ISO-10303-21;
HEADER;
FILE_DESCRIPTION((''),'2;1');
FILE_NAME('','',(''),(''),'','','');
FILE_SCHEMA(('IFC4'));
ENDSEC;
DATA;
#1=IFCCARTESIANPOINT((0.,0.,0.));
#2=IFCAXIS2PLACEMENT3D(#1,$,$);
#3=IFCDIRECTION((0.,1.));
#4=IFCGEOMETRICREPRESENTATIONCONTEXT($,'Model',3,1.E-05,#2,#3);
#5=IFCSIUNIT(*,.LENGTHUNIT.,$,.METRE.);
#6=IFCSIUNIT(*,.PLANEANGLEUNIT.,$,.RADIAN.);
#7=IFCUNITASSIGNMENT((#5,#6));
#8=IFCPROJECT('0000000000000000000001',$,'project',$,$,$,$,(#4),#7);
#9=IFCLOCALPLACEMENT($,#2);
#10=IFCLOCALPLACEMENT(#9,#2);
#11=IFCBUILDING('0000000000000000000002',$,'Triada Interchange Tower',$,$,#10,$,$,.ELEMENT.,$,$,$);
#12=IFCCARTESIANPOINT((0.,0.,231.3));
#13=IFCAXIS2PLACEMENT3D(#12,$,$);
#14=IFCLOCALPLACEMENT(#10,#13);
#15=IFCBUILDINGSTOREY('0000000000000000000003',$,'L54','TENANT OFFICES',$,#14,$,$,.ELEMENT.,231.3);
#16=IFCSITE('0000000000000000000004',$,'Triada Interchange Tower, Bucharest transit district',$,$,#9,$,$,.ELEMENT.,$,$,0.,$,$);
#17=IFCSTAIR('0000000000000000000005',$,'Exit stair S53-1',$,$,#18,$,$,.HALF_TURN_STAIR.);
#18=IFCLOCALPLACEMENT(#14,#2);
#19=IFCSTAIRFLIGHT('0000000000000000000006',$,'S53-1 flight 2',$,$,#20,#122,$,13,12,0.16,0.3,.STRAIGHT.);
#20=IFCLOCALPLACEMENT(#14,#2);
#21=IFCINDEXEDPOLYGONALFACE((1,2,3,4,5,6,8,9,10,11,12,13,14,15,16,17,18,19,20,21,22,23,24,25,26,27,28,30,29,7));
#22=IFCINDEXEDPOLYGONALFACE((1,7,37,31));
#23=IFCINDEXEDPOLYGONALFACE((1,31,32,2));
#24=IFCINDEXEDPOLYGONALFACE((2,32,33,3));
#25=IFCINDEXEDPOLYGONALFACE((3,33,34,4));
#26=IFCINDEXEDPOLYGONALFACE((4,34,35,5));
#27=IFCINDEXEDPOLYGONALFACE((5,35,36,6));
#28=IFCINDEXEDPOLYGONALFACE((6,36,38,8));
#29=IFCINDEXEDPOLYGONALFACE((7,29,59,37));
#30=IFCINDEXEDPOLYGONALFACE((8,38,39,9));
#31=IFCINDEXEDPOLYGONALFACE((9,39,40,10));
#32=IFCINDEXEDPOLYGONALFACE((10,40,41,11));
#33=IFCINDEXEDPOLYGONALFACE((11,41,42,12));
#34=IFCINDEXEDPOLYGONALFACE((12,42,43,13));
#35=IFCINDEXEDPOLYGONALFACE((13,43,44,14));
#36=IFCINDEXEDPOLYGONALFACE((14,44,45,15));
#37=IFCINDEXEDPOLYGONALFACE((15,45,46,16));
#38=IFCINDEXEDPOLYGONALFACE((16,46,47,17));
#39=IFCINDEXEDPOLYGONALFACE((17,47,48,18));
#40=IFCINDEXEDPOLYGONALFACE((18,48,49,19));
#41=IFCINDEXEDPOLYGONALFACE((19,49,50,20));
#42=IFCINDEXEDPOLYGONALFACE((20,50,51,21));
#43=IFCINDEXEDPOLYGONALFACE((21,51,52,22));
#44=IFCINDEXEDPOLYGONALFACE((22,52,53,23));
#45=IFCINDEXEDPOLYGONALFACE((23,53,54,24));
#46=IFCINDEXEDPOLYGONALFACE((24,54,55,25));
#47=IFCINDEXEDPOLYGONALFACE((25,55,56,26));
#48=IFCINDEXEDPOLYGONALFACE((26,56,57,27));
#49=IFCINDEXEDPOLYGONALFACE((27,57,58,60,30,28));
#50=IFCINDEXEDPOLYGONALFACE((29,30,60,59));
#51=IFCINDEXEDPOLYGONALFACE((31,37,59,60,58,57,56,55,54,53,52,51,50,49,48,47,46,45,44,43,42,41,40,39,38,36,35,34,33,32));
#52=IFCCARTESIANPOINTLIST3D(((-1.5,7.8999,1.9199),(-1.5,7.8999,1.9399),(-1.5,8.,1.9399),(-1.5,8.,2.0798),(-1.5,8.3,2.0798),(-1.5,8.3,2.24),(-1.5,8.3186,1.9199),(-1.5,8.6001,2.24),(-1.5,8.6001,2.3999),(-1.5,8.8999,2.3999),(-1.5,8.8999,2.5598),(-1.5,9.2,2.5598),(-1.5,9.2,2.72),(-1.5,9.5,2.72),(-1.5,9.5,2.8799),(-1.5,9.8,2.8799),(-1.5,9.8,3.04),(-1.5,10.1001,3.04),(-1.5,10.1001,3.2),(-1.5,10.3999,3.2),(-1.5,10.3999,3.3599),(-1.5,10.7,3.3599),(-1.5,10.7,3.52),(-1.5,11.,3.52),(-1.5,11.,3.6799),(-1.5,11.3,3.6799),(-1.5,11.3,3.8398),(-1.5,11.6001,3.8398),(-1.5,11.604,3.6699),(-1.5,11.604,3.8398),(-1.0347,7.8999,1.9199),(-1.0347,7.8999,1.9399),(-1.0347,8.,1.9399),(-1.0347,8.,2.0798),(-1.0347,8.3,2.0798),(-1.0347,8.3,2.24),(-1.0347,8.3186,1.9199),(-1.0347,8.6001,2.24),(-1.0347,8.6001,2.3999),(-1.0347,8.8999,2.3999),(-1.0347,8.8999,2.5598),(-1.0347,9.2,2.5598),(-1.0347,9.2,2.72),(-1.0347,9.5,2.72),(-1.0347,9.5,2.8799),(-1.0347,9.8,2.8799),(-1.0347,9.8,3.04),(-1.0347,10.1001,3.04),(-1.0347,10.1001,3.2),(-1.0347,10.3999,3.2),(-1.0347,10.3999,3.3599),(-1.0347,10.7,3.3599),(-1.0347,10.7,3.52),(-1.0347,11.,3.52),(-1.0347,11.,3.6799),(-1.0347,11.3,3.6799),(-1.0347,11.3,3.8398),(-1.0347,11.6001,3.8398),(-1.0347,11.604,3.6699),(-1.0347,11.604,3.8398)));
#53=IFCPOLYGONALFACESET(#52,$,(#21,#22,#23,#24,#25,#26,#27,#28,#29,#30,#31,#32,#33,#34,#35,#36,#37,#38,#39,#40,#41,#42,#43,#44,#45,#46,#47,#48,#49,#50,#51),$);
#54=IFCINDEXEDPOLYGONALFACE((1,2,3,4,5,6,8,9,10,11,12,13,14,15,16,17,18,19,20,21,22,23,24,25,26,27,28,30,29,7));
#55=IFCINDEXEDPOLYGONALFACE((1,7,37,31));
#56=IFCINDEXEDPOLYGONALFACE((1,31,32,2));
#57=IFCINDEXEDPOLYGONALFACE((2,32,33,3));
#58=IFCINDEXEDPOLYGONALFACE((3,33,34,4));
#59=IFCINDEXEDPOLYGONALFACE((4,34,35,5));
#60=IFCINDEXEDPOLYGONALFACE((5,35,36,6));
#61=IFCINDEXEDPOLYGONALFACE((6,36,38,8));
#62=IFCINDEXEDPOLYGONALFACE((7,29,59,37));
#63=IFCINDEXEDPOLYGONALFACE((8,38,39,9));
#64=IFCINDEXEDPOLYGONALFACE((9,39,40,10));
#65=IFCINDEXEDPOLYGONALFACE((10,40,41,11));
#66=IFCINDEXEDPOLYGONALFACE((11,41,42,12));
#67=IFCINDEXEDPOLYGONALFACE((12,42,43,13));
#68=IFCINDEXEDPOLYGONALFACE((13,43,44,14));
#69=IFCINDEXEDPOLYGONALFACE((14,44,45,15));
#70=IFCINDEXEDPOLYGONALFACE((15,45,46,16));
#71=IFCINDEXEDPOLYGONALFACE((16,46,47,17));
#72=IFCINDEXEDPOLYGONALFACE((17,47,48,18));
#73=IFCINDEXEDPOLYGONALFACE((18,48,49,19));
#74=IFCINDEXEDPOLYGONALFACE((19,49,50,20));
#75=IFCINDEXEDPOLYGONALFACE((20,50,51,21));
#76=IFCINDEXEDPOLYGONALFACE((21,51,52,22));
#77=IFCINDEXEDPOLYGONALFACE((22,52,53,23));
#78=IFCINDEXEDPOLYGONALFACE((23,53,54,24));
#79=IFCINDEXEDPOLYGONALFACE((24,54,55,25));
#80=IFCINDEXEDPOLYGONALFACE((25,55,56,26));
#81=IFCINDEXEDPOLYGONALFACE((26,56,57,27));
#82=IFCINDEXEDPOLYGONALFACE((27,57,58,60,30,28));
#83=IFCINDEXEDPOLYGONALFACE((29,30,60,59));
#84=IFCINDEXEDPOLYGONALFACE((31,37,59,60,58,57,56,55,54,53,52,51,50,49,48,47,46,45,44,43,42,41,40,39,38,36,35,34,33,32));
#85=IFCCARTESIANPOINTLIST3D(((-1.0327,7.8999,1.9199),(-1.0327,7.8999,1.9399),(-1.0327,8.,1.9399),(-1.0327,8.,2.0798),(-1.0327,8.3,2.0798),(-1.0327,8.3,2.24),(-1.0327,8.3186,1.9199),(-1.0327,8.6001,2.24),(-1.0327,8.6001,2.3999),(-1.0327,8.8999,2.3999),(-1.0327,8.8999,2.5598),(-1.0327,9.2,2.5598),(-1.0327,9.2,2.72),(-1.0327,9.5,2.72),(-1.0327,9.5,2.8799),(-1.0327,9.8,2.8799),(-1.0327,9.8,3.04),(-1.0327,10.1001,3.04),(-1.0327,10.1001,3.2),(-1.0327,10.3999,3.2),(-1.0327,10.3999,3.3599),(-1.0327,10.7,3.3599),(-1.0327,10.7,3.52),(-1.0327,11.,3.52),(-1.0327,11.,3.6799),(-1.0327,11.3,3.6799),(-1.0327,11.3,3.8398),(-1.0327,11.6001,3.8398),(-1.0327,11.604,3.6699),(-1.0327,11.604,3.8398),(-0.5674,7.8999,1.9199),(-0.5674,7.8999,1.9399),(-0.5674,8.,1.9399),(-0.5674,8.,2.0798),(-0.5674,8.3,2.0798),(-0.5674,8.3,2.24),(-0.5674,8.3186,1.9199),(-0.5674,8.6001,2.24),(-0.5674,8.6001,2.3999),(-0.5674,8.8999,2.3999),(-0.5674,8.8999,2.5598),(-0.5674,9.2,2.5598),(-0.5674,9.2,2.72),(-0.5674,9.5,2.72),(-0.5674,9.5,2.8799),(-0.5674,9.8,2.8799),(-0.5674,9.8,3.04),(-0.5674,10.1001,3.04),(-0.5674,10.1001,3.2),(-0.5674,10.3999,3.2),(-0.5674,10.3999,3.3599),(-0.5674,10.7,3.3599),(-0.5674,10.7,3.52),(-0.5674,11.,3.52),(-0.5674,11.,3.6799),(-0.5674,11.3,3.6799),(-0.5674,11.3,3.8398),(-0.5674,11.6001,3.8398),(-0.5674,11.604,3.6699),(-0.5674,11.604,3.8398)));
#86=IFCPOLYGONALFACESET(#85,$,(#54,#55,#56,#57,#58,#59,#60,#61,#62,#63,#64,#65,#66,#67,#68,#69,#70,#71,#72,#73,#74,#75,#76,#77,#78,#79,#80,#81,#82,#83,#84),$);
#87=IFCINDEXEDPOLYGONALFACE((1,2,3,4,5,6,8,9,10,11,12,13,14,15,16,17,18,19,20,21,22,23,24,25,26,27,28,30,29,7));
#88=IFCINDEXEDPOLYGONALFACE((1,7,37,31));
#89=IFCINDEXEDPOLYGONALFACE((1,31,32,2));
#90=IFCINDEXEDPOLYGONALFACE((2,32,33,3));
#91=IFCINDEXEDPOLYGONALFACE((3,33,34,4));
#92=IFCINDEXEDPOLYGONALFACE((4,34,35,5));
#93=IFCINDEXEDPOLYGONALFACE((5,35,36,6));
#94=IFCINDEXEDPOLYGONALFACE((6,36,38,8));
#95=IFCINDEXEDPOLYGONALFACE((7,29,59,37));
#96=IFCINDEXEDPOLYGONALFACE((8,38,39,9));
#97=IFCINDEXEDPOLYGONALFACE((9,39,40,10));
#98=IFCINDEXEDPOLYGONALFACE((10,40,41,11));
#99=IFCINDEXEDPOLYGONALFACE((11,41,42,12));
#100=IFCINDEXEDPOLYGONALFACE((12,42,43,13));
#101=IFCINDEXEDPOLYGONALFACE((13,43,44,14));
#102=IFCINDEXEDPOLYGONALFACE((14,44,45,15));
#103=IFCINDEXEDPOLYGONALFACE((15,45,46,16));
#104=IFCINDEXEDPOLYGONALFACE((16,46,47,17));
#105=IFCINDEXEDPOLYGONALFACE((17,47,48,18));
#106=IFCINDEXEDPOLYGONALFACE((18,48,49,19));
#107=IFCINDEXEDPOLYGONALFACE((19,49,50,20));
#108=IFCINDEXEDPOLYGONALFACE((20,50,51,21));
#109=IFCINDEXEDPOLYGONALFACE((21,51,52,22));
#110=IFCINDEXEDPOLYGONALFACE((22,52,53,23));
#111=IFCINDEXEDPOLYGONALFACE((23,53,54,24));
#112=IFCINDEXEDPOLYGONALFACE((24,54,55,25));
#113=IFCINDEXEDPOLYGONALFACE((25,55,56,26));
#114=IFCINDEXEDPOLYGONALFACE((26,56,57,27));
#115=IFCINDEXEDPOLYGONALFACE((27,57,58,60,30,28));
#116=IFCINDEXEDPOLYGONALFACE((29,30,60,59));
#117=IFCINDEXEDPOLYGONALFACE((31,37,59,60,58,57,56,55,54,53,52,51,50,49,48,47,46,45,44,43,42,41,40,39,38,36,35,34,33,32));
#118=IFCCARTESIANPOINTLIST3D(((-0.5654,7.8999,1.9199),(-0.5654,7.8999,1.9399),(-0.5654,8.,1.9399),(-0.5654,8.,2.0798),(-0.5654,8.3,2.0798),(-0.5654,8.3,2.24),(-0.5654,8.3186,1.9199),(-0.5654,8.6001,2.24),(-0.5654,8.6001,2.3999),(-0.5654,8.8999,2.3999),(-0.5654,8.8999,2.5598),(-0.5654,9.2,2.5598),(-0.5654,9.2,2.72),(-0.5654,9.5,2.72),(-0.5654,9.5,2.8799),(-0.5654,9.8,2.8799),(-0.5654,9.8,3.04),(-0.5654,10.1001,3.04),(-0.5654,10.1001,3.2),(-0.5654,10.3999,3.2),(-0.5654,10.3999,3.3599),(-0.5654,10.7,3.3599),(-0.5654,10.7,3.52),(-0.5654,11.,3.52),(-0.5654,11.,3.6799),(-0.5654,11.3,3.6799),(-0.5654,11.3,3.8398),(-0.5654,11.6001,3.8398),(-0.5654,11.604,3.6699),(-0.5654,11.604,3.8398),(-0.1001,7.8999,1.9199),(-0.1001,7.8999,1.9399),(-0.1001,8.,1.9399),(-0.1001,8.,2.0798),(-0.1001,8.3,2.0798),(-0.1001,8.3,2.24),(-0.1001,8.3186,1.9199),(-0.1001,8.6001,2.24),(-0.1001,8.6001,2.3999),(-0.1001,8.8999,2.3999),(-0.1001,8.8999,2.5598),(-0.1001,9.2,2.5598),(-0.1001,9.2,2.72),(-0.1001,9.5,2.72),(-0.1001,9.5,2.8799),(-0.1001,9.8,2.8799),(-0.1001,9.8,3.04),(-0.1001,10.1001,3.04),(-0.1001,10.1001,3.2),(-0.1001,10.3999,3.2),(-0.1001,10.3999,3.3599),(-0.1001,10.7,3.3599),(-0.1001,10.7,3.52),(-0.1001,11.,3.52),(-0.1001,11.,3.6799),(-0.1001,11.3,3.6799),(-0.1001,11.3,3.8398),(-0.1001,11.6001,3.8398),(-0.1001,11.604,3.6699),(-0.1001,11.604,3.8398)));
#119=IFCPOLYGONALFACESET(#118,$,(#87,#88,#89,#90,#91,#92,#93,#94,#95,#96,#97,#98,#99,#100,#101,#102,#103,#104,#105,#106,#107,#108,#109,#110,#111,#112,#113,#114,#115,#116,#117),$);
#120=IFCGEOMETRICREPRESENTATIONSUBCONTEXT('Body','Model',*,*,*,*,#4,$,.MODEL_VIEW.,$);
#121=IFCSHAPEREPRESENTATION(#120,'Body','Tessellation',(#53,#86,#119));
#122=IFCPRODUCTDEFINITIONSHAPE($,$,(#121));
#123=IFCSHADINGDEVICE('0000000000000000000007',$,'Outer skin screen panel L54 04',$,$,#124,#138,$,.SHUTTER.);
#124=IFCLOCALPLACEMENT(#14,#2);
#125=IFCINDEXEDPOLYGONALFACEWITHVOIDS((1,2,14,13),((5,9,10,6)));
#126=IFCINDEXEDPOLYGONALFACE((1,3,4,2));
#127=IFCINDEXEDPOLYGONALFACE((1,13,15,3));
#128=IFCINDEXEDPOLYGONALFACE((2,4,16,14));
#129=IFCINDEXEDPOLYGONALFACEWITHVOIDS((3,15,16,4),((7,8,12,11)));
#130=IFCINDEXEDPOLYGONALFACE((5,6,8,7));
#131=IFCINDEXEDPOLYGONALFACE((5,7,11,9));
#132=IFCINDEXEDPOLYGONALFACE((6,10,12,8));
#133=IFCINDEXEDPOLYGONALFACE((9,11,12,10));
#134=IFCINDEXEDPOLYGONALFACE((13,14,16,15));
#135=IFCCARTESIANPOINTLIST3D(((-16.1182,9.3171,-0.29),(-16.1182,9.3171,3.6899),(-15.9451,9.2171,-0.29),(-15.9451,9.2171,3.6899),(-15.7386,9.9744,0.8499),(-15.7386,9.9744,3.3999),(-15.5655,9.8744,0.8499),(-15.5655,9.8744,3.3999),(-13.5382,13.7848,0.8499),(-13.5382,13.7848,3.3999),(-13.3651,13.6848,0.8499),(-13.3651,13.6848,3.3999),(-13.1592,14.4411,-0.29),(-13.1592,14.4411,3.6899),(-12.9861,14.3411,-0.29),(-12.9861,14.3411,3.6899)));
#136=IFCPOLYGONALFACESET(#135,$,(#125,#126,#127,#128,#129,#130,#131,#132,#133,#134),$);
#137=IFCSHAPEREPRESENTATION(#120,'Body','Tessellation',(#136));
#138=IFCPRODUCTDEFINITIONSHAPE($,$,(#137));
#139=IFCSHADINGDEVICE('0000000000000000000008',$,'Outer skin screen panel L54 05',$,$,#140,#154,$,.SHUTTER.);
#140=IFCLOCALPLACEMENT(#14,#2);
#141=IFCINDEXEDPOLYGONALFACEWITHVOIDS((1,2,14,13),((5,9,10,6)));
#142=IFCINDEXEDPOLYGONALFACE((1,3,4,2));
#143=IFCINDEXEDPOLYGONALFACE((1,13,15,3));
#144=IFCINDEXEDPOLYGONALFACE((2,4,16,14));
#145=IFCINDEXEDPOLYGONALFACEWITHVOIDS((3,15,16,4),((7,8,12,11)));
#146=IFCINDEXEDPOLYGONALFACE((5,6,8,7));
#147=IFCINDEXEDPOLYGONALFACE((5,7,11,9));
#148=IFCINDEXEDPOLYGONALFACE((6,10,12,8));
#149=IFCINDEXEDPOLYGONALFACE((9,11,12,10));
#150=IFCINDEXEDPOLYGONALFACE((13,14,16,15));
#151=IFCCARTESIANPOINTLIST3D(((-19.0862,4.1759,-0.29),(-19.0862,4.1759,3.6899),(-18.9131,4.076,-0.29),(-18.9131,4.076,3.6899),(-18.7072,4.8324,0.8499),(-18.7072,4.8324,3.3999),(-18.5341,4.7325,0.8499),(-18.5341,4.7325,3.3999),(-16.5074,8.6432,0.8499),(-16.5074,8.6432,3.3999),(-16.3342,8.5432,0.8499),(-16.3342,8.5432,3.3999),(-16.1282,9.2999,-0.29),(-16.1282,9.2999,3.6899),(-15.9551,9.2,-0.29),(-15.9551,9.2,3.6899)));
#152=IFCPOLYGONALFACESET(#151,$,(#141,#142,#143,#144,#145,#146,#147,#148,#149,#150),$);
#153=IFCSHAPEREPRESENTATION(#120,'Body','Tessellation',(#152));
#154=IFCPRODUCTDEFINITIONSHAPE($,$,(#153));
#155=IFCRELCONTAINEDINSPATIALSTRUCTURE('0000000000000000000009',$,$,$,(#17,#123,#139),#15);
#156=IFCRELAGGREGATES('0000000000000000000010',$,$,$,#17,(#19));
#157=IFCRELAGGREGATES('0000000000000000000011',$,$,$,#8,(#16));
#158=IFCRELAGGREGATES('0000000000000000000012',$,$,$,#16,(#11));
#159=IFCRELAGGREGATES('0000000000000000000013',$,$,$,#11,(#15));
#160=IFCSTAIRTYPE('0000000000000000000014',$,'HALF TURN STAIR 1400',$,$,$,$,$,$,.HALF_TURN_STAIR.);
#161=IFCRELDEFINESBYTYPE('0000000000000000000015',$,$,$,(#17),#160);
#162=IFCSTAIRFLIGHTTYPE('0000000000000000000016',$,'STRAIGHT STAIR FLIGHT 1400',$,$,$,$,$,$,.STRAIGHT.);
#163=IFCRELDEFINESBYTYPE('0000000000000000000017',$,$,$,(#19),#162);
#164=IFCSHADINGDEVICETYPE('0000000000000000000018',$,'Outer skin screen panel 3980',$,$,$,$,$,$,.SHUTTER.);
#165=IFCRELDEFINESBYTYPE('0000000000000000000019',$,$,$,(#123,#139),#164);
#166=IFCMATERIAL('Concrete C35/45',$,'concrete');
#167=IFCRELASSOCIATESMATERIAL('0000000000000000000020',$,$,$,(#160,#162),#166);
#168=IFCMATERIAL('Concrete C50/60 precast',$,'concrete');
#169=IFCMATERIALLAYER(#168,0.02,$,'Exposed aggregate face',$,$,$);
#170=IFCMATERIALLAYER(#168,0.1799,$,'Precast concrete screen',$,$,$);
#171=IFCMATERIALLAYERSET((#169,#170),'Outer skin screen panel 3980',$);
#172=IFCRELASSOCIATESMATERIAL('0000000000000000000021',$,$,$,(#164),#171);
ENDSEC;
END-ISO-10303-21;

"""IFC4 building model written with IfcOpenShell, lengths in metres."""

from ifc_helpers import new_model, si_unit, direction, frame, origin, place, context, subcontext, project, spatial, polyline, outline, extrude, material, layer, layer_set, type_object, element, aggregate, save


model = new_model("IFC4")

# Units and contexts
model_context = context("Model", 3, precision=1e-05, world=origin(), true_north=direction((0.0, 1.0)))
body_context = subcontext(model_context, "Body", "Model", "MODEL_VIEW")
ifc_project = project(units=[si_unit("LENGTHUNIT", "METRE"), si_unit("PLANEANGLEUNIT", "RADIAN")], contexts=[model_context])

# Site, building, storey
site_placement = place(None, origin())
site = spatial("IfcSite", under=ifc_project, at=site_placement, Name="Triada Interchange Tower, Bucharest transit district", CompositionType="ELEMENT", RefElevation=0.0)
building_placement = place(site_placement, origin())
building = spatial("IfcBuilding", under=site, at=building_placement, Name="Triada Interchange Tower", CompositionType="ELEMENT")
storey_placement = place(building_placement, frame((0.0, 0.0, 231.3)))
storey = spatial("IfcBuildingStorey", under=building, at=storey_placement, Name="L54", Description="TENANT OFFICES", CompositionType="ELEMENT", Elevation=231.3)

# Stair, stair flight
ifc_material_1 = material(Name="Concrete C35/45", Category="concrete")
stair_type = type_object("IfcStairType", Name="HALF TURN STAIR 1400", PredefinedType="HALF_TURN_STAIR", material=ifc_material_1)
stair_placement = place(storey_placement, origin())
stair = element("IfcStair", 1, at=stair_placement, inside=storey, type_object=stair_type, Name="Exit stair S53-1", PredefinedType="HALF_TURN_STAIR")
stair_flight_type = type_object("IfcStairFlightType", Name="STRAIGHT STAIR FLIGHT 1400", PredefinedType="STRAIGHT", material=ifc_material_1)
stair_flight_placement = place(storey_placement, frame((-0.8, 8.0, 1.9199), z_axis=(0.0, 0.0, 1.0), x_axis=(0.0, 1.0, 0.0)))
stair_flight = element("IfcStairFlight", 2, at=stair_flight_placement, type_object=stair_flight_type, Name="S53-1 flight 2", NumberOfRisers=13, NumberOfTreads=12, PredefinedType="STRAIGHT", RiserHeight=0.16, TreadLength=0.3, context=body_context, shape_type="SweptSolid", body=[
    extrude(outline(polyline([(-0.1001, 0.0), (-0.1001, 0.02), (0.0, 0.02), (0.0, 0.1599), (0.3, 0.1599), (0.3, 0.3201), (0.6001, 0.3201), (0.6001, 0.48), (0.8999, 0.48), (0.8999, 0.6399), (1.2, 0.6399), (1.2, 0.8), (1.5, 0.8), (1.5, 0.96), (1.8, 0.96), (1.8, 1.1201), (2.1001, 1.1201), (2.1001, 1.28), (2.3999, 1.28), (2.3999, 1.4399), (2.7, 1.4399), (2.7, 1.6001), (3.0, 1.6001), (3.0, 1.76), (3.3, 1.76), (3.3, 1.9199), (3.6001, 1.9199), (3.604, 1.9199), (3.604, 2.0801), (3.604, 1.75), (0.3186, 0.0), (-0.1001, 0.0)])), frame((0.0, 0.7, 0.0), z_axis=(0.0, -1.0, 0.0), x_axis=(1.0, 0.0, 0.0)), (0.0, 0.0, 1.0), 0.4653),
    extrude(outline(polyline([(-0.1001, 0.0), (-0.1001, 0.02), (0.0, 0.02), (0.0, 0.1599), (0.3, 0.1599), (0.3, 0.3201), (0.6001, 0.3201), (0.6001, 0.48), (0.8999, 0.48), (0.8999, 0.6399), (1.2, 0.6399), (1.2, 0.8), (1.5, 0.8), (1.5, 0.96), (1.8, 0.96), (1.8, 1.1201), (2.1001, 1.1201), (2.1001, 1.28), (2.3999, 1.28), (2.3999, 1.4399), (2.7, 1.4399), (2.7, 1.6001), (3.0, 1.6001), (3.0, 1.76), (3.3, 1.76), (3.3, 1.9199), (3.6001, 1.9199), (3.604, 1.9199), (3.604, 2.0801), (3.604, 1.75), (0.3186, 0.0), (-0.1001, 0.0)])), frame((0.0, 0.2327, 0.0), z_axis=(0.0, -1.0, 0.0), x_axis=(1.0, 0.0, 0.0)), (0.0, 0.0, 1.0), 0.4653),
    extrude(outline(polyline([(-0.1001, 0.0), (-0.1001, 0.02), (0.0, 0.02), (0.0, 0.1599), (0.3, 0.1599), (0.3, 0.3201), (0.6001, 0.3201), (0.6001, 0.48), (0.8999, 0.48), (0.8999, 0.6399), (1.2, 0.6399), (1.2, 0.8), (1.5, 0.8), (1.5, 0.96), (1.8, 0.96), (1.8, 1.1201), (2.1001, 1.1201), (2.1001, 1.28), (2.3999, 1.28), (2.3999, 1.4399), (2.7, 1.4399), (2.7, 1.6001), (3.0, 1.6001), (3.0, 1.76), (3.3, 1.76), (3.3, 1.9199), (3.6001, 1.9199), (3.604, 1.9199), (3.604, 2.0801), (3.604, 1.75), (0.3186, 0.0), (-0.1001, 0.0)])), frame((0.0, -0.2346, 0.0), z_axis=(0.0, -1.0, 0.0), x_axis=(1.0, 0.0, 0.0)), (0.0, 0.0, 1.0), 0.4653),
])

# Shading devices
ifc_material_2 = material(Name="Concrete C50/60 precast", Category="concrete")
ifc_layer_1 = layer(ifc_material_2, 0.02, Name="Exposed aggregate face")
ifc_layer_2 = layer(ifc_material_2, 0.1799, Name="Precast concrete screen")
ifc_layer_set_1 = layer_set([ifc_layer_1, ifc_layer_2], Name="Outer skin screen panel 3980")
shading_device_type = type_object("IfcShadingDeviceType", Name="Outer skin screen panel 3980", PredefinedType="SHUTTER", material=ifc_layer_set_1)
shading_device_1_placement = place(storey_placement, frame((-12.9861, 14.3411, -0.29), z_axis=(0.0, 0.0, 1.0), x_axis=(-0.50008, -0.865979, 0.0)))
element("IfcShadingDevice", 3, at=shading_device_1_placement, inside=storey, type_object=shading_device_type, Name="Outer skin screen panel L54 04", PredefinedType="SHUTTER", context=body_context, shape_type="SweptSolid", body=[
    extrude(outline(polyline([(0.0, 0.0), (5.917, 0.0), (5.917, 3.98), (0.0, 3.98), (0.0, 0.0)]), holes=[polyline([(0.7578, 1.1399), (0.7578, 3.6899), (5.158, 3.6899), (5.158, 1.1399), (0.7578, 1.1399)])]), frame((0.0, 0.0, 0.0), z_axis=(0.0, -1.0, 0.0), x_axis=(1.0, 0.0, 0.0)), (0.0, 0.0, 1.0), 0.2),
])
shading_device_2_placement = place(storey_placement, frame((-15.9551, 9.2, -0.29), z_axis=(0.0, 0.0, 1.0), x_axis=(-0.499956, -0.866051, 0.0)))
element("IfcShadingDevice", 4, at=shading_device_2_placement, inside=storey, type_object=shading_device_type, Name="Outer skin screen panel L54 05", PredefinedType="SHUTTER", context=body_context, shape_type="SweptSolid", body=[
    extrude(outline(polyline([(0.0, 0.0), (5.9165, 0.0), (5.9165, 3.98), (0.0, 3.98), (0.0, 0.0)]), holes=[polyline([(0.7583, 1.1399), (0.7583, 3.6899), (5.1584, 3.6899), (5.1584, 1.1399), (0.7583, 1.1399)])]), frame((0.0, 0.0, 0.0), z_axis=(0.0, -1.0, 0.0), x_axis=(1.0, 0.0, 0.0)), (0.0, 0.0, 1.0), 0.2),
])

aggregate(stair, [stair_flight])

save(model, "model.ifc")
